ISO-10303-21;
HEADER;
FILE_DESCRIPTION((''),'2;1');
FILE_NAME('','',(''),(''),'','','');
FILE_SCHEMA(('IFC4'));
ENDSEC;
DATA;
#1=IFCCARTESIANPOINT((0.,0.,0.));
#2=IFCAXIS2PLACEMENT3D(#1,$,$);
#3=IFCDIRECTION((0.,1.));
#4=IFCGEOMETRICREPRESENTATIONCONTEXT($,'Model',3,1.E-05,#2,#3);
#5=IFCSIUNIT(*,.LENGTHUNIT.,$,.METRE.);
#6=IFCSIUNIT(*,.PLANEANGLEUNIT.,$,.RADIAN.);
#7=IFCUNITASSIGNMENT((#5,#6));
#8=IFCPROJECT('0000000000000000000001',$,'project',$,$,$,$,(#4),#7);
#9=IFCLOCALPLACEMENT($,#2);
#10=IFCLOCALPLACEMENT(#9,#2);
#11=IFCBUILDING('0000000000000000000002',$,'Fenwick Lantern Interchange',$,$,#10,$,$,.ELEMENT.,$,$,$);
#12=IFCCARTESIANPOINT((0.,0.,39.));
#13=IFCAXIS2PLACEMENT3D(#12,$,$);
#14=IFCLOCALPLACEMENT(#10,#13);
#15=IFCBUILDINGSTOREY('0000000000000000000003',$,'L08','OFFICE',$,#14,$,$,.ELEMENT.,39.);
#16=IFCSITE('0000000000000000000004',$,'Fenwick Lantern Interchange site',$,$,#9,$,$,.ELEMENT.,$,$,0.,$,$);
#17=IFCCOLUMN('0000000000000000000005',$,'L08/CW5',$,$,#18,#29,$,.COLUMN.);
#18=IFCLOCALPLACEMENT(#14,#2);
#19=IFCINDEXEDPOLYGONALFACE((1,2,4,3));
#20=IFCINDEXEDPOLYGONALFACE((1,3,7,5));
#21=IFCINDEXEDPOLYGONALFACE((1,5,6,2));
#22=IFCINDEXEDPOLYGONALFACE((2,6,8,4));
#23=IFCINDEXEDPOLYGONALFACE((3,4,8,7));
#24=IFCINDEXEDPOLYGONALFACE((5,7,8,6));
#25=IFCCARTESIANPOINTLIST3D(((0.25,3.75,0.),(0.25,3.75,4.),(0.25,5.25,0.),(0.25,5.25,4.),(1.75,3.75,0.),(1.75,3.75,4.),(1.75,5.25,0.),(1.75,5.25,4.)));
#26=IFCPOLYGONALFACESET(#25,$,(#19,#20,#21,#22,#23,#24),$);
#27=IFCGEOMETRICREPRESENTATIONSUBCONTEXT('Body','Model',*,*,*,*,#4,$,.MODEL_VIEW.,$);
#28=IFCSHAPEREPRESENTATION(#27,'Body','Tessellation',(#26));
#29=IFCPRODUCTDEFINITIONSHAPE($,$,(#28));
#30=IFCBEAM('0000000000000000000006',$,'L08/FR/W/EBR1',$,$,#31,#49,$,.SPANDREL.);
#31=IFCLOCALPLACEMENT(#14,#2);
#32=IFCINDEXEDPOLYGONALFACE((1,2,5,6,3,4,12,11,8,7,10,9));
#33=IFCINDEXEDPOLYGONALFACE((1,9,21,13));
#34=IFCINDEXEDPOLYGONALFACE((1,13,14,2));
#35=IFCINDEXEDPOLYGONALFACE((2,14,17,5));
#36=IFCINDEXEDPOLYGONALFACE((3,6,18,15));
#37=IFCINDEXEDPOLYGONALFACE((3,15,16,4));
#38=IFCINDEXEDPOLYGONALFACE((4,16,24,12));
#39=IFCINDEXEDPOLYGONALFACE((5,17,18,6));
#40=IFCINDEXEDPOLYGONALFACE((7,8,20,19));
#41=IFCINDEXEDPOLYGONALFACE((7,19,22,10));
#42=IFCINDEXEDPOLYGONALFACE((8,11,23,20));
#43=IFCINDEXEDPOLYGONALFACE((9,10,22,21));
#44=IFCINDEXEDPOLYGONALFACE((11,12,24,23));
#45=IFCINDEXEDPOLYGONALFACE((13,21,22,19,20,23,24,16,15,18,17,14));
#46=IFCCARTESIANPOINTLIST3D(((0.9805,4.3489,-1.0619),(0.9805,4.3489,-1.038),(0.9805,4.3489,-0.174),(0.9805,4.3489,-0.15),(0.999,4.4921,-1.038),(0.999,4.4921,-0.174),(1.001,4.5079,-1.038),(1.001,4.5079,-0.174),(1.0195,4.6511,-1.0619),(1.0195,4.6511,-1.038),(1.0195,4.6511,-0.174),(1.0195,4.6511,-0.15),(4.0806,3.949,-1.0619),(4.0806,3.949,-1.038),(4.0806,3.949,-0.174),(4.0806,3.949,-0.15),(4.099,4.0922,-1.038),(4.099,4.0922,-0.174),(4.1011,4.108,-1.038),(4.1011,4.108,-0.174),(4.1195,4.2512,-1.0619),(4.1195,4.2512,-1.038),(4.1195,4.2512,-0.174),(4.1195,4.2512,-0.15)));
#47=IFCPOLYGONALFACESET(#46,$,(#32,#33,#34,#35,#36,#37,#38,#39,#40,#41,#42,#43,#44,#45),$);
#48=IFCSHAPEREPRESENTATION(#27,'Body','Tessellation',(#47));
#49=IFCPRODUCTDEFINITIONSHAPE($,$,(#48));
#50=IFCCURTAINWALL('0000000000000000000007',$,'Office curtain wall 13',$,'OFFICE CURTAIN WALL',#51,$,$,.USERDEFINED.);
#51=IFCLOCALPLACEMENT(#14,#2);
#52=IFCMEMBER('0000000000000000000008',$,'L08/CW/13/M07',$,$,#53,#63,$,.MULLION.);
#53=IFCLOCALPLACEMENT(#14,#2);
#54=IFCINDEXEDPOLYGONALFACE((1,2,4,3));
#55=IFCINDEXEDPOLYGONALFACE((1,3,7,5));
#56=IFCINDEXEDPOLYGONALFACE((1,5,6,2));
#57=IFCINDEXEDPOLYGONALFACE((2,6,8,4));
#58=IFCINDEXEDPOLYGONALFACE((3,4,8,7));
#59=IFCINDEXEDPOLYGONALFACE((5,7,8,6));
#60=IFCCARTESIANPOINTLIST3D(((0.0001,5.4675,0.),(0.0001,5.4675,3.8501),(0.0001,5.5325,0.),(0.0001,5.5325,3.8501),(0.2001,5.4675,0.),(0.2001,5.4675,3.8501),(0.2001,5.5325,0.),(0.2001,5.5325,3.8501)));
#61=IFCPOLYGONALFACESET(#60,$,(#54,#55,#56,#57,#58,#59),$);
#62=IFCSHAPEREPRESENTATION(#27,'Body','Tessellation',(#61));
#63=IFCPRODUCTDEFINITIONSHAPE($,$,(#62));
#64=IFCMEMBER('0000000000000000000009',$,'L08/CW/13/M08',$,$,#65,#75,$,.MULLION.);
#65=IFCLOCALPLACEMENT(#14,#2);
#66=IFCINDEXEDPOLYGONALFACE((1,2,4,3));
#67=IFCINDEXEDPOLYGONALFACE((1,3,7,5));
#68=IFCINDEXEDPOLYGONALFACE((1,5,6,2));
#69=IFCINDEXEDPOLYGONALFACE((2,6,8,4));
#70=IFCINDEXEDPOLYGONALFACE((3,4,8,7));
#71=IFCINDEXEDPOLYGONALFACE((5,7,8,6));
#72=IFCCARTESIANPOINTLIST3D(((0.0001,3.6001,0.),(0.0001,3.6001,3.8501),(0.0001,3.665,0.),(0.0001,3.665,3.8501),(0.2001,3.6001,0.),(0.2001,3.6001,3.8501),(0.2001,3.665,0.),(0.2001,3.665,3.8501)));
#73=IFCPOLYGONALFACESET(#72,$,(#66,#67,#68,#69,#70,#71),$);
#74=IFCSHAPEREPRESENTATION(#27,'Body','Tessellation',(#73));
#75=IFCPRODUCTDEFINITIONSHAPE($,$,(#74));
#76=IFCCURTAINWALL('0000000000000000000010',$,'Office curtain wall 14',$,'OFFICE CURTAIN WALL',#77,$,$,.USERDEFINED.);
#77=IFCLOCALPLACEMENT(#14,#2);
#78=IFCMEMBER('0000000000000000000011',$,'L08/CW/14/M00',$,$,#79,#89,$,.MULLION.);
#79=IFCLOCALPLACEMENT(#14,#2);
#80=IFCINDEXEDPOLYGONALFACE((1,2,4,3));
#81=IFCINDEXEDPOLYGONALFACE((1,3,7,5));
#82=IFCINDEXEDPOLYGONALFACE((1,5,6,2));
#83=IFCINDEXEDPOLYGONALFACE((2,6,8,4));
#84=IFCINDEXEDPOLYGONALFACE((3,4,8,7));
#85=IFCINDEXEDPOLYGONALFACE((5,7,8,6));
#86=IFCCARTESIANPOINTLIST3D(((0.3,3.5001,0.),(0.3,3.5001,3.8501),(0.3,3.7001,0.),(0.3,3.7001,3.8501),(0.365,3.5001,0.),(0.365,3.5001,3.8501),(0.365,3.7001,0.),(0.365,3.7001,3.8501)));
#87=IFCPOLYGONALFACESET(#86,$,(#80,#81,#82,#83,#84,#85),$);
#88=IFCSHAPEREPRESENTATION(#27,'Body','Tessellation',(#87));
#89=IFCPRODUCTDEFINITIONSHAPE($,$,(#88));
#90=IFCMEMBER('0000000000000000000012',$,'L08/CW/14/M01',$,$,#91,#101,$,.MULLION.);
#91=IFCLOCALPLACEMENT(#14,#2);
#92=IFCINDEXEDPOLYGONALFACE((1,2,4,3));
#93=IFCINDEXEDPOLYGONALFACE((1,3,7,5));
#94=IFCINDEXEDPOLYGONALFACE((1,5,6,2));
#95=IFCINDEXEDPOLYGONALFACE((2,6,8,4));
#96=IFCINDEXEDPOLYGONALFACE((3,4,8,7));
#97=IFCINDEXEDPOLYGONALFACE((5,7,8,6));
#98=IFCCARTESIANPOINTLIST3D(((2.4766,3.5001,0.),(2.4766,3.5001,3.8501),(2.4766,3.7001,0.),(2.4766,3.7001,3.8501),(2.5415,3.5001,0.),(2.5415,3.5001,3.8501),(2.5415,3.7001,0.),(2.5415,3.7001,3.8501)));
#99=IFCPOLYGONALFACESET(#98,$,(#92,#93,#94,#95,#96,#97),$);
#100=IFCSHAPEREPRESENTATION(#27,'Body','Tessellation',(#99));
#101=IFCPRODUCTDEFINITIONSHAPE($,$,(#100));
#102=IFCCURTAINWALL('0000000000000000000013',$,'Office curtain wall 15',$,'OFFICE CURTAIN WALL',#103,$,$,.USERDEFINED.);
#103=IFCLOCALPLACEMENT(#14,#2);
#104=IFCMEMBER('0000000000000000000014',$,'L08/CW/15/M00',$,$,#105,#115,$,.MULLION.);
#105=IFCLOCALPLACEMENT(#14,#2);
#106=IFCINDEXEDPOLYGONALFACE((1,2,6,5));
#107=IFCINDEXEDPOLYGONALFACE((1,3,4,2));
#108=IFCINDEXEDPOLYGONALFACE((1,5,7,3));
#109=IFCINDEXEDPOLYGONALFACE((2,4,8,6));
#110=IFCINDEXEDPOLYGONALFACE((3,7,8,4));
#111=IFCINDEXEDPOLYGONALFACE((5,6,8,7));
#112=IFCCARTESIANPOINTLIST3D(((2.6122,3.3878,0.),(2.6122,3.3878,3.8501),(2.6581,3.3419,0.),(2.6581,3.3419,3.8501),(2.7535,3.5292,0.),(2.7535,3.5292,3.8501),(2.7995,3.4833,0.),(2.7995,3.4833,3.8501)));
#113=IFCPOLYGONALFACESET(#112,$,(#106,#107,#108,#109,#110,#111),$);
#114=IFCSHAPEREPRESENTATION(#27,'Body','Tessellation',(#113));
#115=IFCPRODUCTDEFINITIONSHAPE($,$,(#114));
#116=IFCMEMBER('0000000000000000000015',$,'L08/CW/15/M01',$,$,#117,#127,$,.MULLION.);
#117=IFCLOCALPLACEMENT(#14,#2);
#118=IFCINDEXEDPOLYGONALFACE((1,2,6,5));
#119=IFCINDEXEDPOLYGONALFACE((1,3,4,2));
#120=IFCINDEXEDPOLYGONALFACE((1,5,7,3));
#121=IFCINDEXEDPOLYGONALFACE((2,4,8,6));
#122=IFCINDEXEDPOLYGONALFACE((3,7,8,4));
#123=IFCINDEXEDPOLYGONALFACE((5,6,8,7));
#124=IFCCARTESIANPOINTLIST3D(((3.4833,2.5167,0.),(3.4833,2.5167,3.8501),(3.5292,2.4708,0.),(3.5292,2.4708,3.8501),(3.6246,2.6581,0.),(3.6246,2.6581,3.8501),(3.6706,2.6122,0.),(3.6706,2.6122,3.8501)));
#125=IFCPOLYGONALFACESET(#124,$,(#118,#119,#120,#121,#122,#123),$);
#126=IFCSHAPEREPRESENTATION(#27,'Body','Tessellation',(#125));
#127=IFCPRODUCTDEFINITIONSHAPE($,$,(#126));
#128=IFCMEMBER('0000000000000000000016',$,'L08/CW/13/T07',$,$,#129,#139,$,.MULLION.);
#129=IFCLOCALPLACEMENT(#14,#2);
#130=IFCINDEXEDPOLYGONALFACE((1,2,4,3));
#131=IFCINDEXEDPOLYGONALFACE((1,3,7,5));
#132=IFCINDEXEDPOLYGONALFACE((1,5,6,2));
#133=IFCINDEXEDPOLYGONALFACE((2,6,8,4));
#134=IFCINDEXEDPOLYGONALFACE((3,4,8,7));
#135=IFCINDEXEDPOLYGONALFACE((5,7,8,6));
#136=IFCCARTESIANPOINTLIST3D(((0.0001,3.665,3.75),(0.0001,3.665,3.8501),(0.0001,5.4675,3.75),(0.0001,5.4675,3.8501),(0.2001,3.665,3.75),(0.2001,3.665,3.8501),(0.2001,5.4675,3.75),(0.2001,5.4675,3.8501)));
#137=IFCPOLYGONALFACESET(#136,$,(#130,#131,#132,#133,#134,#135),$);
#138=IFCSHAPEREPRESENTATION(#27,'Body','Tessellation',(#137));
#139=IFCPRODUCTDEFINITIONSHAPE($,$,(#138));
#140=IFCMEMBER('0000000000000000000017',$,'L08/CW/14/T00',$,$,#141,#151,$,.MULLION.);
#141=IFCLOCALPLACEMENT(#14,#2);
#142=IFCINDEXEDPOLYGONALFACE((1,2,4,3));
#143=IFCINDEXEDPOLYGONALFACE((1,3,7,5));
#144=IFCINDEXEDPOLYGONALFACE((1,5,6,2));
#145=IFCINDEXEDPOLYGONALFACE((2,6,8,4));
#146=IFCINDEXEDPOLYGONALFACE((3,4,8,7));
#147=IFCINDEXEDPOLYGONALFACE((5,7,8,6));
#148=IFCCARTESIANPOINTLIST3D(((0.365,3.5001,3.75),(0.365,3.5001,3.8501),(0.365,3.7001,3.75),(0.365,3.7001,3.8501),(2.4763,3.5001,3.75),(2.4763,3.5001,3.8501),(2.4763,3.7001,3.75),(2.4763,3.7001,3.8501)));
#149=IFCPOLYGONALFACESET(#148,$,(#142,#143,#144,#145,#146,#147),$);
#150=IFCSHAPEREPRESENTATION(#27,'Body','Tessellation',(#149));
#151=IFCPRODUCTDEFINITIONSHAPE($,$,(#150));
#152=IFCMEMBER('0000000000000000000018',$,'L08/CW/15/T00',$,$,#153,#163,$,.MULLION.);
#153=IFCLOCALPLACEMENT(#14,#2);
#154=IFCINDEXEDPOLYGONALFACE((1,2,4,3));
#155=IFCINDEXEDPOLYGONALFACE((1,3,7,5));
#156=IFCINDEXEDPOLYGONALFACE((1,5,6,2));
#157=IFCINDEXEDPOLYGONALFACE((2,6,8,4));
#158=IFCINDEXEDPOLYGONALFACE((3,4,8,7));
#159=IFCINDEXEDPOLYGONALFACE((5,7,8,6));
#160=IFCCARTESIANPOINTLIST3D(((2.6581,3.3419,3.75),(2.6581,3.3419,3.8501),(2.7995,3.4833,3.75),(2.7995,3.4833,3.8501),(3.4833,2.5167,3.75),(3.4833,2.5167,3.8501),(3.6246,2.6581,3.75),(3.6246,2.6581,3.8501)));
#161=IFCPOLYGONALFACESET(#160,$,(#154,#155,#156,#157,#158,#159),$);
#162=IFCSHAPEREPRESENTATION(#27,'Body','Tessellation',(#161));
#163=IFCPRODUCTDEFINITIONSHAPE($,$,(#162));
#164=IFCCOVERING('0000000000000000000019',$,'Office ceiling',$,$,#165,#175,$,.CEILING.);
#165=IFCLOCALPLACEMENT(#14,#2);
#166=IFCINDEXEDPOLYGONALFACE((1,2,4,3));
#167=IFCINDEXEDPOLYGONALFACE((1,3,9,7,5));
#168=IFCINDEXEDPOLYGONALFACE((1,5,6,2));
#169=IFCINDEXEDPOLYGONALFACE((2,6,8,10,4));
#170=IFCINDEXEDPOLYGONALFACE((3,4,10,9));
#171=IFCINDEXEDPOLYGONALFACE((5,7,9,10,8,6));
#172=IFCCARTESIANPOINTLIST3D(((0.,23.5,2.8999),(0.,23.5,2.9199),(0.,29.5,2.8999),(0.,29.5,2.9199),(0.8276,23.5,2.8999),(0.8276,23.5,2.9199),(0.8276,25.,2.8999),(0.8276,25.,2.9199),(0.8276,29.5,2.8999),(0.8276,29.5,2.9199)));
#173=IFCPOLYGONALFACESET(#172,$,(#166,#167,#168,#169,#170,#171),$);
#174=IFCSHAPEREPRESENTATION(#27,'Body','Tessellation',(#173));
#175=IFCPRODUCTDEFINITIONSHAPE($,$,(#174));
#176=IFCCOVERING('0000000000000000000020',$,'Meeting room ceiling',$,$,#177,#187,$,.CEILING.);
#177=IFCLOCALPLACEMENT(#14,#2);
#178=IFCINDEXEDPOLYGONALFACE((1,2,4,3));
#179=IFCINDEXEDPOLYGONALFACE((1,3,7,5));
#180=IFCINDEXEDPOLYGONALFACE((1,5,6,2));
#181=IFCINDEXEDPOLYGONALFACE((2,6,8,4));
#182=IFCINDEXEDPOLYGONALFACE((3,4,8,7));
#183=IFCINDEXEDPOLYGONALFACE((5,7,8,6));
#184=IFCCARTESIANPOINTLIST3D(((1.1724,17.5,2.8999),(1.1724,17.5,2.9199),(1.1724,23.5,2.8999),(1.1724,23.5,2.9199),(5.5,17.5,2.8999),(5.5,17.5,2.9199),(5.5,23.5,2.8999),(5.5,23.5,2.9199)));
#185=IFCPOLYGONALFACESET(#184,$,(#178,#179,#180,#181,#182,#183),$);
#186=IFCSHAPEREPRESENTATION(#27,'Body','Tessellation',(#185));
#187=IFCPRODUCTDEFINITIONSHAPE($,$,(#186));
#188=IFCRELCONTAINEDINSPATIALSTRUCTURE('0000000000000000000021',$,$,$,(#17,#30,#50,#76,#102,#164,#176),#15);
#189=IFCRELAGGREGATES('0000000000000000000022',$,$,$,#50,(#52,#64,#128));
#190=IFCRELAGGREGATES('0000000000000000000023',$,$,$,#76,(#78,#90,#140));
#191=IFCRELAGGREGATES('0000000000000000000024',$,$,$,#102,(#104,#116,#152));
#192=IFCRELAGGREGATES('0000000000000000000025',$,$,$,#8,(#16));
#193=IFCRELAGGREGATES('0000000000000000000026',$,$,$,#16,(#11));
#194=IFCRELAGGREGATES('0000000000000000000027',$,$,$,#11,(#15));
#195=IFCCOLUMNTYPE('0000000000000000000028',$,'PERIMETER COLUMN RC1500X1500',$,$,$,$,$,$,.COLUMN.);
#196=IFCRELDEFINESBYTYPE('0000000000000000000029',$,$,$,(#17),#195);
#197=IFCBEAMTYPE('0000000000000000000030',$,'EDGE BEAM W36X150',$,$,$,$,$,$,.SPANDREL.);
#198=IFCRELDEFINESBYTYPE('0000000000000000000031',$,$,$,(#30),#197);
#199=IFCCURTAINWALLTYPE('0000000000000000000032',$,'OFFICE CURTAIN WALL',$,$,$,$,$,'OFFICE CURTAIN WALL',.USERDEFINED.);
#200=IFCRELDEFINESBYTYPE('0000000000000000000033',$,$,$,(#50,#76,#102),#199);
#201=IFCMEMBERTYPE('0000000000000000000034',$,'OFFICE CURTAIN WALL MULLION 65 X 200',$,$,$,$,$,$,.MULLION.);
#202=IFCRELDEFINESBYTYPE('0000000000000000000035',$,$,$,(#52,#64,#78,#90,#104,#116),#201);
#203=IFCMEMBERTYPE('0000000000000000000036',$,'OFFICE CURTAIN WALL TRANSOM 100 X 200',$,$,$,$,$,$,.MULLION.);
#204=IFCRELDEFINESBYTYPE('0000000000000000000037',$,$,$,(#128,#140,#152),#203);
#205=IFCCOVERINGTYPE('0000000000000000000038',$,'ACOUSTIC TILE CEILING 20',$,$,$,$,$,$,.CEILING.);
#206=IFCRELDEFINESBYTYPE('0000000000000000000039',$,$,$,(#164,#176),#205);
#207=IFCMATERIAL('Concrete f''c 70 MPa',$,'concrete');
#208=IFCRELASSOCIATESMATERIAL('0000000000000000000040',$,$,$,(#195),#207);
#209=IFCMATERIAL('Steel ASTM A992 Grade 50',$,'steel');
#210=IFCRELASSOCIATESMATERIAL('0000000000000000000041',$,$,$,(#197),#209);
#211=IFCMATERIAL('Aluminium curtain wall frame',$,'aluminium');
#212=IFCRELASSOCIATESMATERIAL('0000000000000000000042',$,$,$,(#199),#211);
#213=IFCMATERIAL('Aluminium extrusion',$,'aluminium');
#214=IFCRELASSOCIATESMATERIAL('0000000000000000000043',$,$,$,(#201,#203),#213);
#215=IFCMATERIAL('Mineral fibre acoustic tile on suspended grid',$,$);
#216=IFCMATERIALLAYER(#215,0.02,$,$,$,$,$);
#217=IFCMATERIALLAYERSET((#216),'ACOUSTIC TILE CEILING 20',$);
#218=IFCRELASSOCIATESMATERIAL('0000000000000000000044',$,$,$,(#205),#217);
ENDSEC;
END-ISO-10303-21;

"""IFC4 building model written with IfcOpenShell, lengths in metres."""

from ifc_helpers import new_model, si_unit, direction, frame, origin, origin_2d, place, context, subcontext, project, spatial, polyline, rectangle, i_section, outline, extrude, material, layer, layer_set, material_profile, profile_set, type_object, element, aggregate, save


model = new_model("IFC4")

# Units and contexts
model_context = context("Model", 3, precision=1e-05, world=origin(), true_north=direction((0.0, 1.0)))
body_context = subcontext(model_context, "Body", "Model", "MODEL_VIEW")
ifc_project = project(units=[si_unit("LENGTHUNIT", "METRE"), si_unit("PLANEANGLEUNIT", "RADIAN")], contexts=[model_context])

# Site, building, storey
site_placement = place(None, origin())
site = spatial("IfcSite", under=ifc_project, at=site_placement, Name="Fenwick Lantern Interchange site", CompositionType="ELEMENT", RefElevation=0.0)
building_placement = place(site_placement, origin())
building = spatial("IfcBuilding", under=site, at=building_placement, Name="Fenwick Lantern Interchange", CompositionType="ELEMENT")
storey_placement = place(building_placement, frame((0.0, 0.0, 39.0)))
storey = spatial("IfcBuildingStorey", under=building, at=storey_placement, Name="L08", Description="OFFICE", CompositionType="ELEMENT", Elevation=39.0)

# Column
ifc_material_1 = material(Name="Concrete f'c 70 MPa", Category="concrete")
ifc_material_profile_1 = material_profile(ifc_material_1, rectangle(XDim=1.5, YDim=1.5, at=origin_2d()), Name="RC1500X1500")
ifc_profile_set_1 = profile_set([ifc_material_profile_1], Name="Concrete f'c 70 MPa")
column_type = type_object("IfcColumnType", Name="PERIMETER COLUMN RC1500X1500", PredefinedType="COLUMN", material=ifc_profile_set_1)
column_placement = place(storey_placement, frame((1.0, 4.5, 0.0), z_axis=(0.0, 0.0, 1.0), x_axis=(1.0, 0.0, 0.0)))
element("IfcColumn", 1, at=column_placement, inside=storey, type_object=column_type, Name="L08/CW5", PredefinedType="COLUMN", context=body_context, shape_type="SweptSolid", body=[
    extrude(rectangle(XDim=1.5, YDim=1.5, at=origin_2d()), origin(), (0.0, 0.0, 1.0), 4.0),
])

# Beam
ifc_material_2 = material(Name="Steel ASTM A992 Grade 50", Category="steel")
ifc_material_profile_2 = material_profile(ifc_material_2, i_section(OverallWidth=0.3047, OverallDepth=0.9119, WebThickness=0.0159, FlangeThickness=0.0239, at=origin_2d()), Name="W36X150")
ifc_profile_set_2 = profile_set([ifc_material_profile_2], Name="Steel ASTM A992 Grade 50")
beam_type = type_object("IfcBeamType", Name="EDGE BEAM W36X150", PredefinedType="SPANDREL", material=ifc_profile_set_2)
beam_placement = place(storey_placement, frame((1.0, 4.5, -0.606), z_axis=(0.991782, -0.127937, 0.0), x_axis=(0.127937, 0.991782, 0.0)))
element("IfcBeam", 2, at=beam_placement, inside=storey, type_object=beam_type, Name="L08/FR/W/EBR1", PredefinedType="SPANDREL", context=body_context, shape_type="SweptSolid", body=[
    extrude(i_section(OverallWidth=0.3047, OverallDepth=0.9119, WebThickness=0.0159, FlangeThickness=0.0239, at=origin_2d()), origin(), (0.0, 0.0, 1.0), 3.1257),
])

# Curtain walls, members
ifc_material_3 = material(Name="Aluminium curtain wall frame", Category="aluminium")
curtain_wall_type = type_object("IfcCurtainWallType", Name="OFFICE CURTAIN WALL", ElementType="OFFICE CURTAIN WALL", PredefinedType="USERDEFINED", material=ifc_material_3)
curtain_wall_1_placement = place(storey_placement, origin())
curtain_wall_1 = element("IfcCurtainWall", 3, at=curtain_wall_1_placement, inside=storey, type_object=curtain_wall_type, Name="Office curtain wall 13", ObjectType="OFFICE CURTAIN WALL", PredefinedType="USERDEFINED")
ifc_material_4 = material(Name="Aluminium extrusion", Category="aluminium")
ifc_material_profile_3 = material_profile(ifc_material_4, rectangle(XDim=0.2, YDim=0.0649, at=origin_2d()), Name="OFFICE CURTAIN WALL MULLION 65 X 200")
ifc_profile_set_3 = profile_set([ifc_material_profile_3], Name="Aluminium extrusion")
member_type_1 = type_object("IfcMemberType", Name="OFFICE CURTAIN WALL MULLION 65 X 200", PredefinedType="MULLION", material=ifc_profile_set_3)
member_1_placement = place(storey_placement, frame((0.1001, 5.5, 0.0), z_axis=(0.0, 0.0, 1.0), x_axis=(1.0, 0.0, 0.0)))
member_1 = element("IfcMember", 4, at=member_1_placement, type_object=member_type_1, Name="L08/CW/13/M07", PredefinedType="MULLION", context=body_context, shape_type="SweptSolid", body=[
    extrude(rectangle(XDim=0.2, YDim=0.0649, at=origin_2d()), origin(), (0.0, 0.0, 1.0), 3.8501),
])
member_2_placement = place(storey_placement, frame((0.1001, 3.6326, 0.0), z_axis=(0.0, 0.0, 1.0), x_axis=(1.0, 0.0, 0.0)))
member_2 = element("IfcMember", 5, at=member_2_placement, type_object=member_type_1, Name="L08/CW/13/M08", PredefinedType="MULLION", context=body_context, shape_type="SweptSolid", body=[
    extrude(rectangle(XDim=0.2, YDim=0.0649, at=origin_2d()), origin(), (0.0, 0.0, 1.0), 3.8501),
])
curtain_wall_2_placement = place(storey_placement, origin())
curtain_wall_2 = element("IfcCurtainWall", 6, at=curtain_wall_2_placement, inside=storey, type_object=curtain_wall_type, Name="Office curtain wall 14", ObjectType="OFFICE CURTAIN WALL", PredefinedType="USERDEFINED")
member_3_placement = place(storey_placement, frame((0.3325, 3.6001, 0.0), z_axis=(0.0, 0.0, 1.0), x_axis=(0.0, 1.0, 0.0)))
member_3 = element("IfcMember", 7, at=member_3_placement, type_object=member_type_1, Name="L08/CW/14/M00", PredefinedType="MULLION", context=body_context, shape_type="SweptSolid", body=[
    extrude(rectangle(XDim=0.2, YDim=0.0649, at=origin_2d()), origin(), (0.0, 0.0, 1.0), 3.8501),
])
member_4_placement = place(storey_placement, frame((2.509, 3.6001, 0.0), z_axis=(0.0, 0.0, 1.0), x_axis=(0.0, 1.0, 0.0)))
member_4 = element("IfcMember", 8, at=member_4_placement, type_object=member_type_1, Name="L08/CW/14/M01", PredefinedType="MULLION", context=body_context, shape_type="SweptSolid", body=[
    extrude(rectangle(XDim=0.2, YDim=0.0649, at=origin_2d()), origin(), (0.0, 0.0, 1.0), 3.8501),
])
curtain_wall_3_placement = place(storey_placement, origin())
curtain_wall_3 = element("IfcCurtainWall", 9, at=curtain_wall_3_placement, inside=storey, type_object=curtain_wall_type, Name="Office curtain wall 15", ObjectType="OFFICE CURTAIN WALL", PredefinedType="USERDEFINED")
member_5_placement = place(storey_placement, frame((2.7058, 3.4355, 0.0), z_axis=(0.0, 0.0, 1.0), x_axis=(0.707107, 0.707107, 0.0)))
member_5 = element("IfcMember", 10, at=member_5_placement, type_object=member_type_1, Name="L08/CW/15/M00", PredefinedType="MULLION", context=body_context, shape_type="SweptSolid", body=[
    extrude(rectangle(XDim=0.2, YDim=0.0649, at=origin_2d()), origin(), (0.0, 0.0, 1.0), 3.8501),
])
member_6_placement = place(storey_placement, frame((3.5769, 2.5645, 0.0), z_axis=(0.0, 0.0, 1.0), x_axis=(0.707107, 0.707107, 0.0)))
member_6 = element("IfcMember", 11, at=member_6_placement, type_object=member_type_1, Name="L08/CW/15/M01", PredefinedType="MULLION", context=body_context, shape_type="SweptSolid", body=[
    extrude(rectangle(XDim=0.2, YDim=0.0649, at=origin_2d()), origin(), (0.0, 0.0, 1.0), 3.8501),
])

# Members
ifc_material_profile_4 = material_profile(ifc_material_4, rectangle(XDim=0.2, YDim=0.1001, at=origin_2d()), Name="OFFICE CURTAIN WALL TRANSOM 100 X 200")
ifc_profile_set_4 = profile_set([ifc_material_profile_4], Name="Aluminium extrusion")
member_type_2 = type_object("IfcMemberType", Name="OFFICE CURTAIN WALL TRANSOM 100 X 200", PredefinedType="MULLION", material=ifc_profile_set_4)
member_7_placement = place(storey_placement, frame((0.1001, 5.4675, 3.8), z_axis=(0.0, -1.0, 0.0), x_axis=(1.0, 0.0, 0.0)))
member_7 = element("IfcMember", 12, at=member_7_placement, type_object=member_type_2, Name="L08/CW/13/T07", PredefinedType="MULLION", context=body_context, shape_type="SweptSolid", body=[
    extrude(rectangle(XDim=0.2, YDim=0.1001, at=origin_2d()), origin(), (0.0, 0.0, 1.0), 1.8025),
])
aggregate(curtain_wall_1, [member_1, member_2, member_7])
member_8_placement = place(storey_placement, frame((0.365, 3.6001, 3.8), z_axis=(1.0, 0.0, 0.0), x_axis=(0.0, 1.0, 0.0)))
member_8 = element("IfcMember", 13, at=member_8_placement, type_object=member_type_2, Name="L08/CW/14/T00", PredefinedType="MULLION", context=body_context, shape_type="SweptSolid", body=[
    extrude(rectangle(XDim=0.2, YDim=0.1001, at=origin_2d()), origin(), (0.0, 0.0, 1.0), 2.1113),
])
aggregate(curtain_wall_2, [member_3, member_4, member_8])
member_9_placement = place(storey_placement, frame((2.7288, 3.4126, 3.8), z_axis=(0.707107, -0.707107, 0.0), x_axis=(0.707107, 0.707107, 0.0)))
member_9 = element("IfcMember", 14, at=member_9_placement, type_object=member_type_2, Name="L08/CW/15/T00", PredefinedType="MULLION", context=body_context, shape_type="SweptSolid", body=[
    extrude(rectangle(XDim=0.2, YDim=0.1001, at=origin_2d()), origin(), (0.0, 0.0, 1.0), 1.167),
])
aggregate(curtain_wall_3, [member_5, member_6, member_9])

# Coverings
ifc_material_5 = material(Name="Mineral fibre acoustic tile on suspended grid")
ifc_layer_1 = layer(ifc_material_5, 0.02)
ifc_layer_set_1 = layer_set([ifc_layer_1], Name="ACOUSTIC TILE CEILING 20")
covering_type_1 = type_object("IfcCoveringType", Name="ACOUSTIC TILE CEILING 20", PredefinedType="CEILING", material=ifc_layer_set_1)
covering_1_placement = place(storey_placement, frame((0.0, 0.0, 2.8999)))
element("IfcCovering", 15, at=covering_1_placement, inside=storey, type_object=covering_type_1, Name="Office ceiling", PredefinedType="CEILING", context=body_context, shape_type="SweptSolid", body=[
    extrude(outline(polyline([(0.0, 23.5), (0.8276, 23.5), (0.8276, 25.0), (0.8276, 29.5), (0.0, 29.5), (0.0, 23.5)])), origin(), (0.0, 0.0, 1.0), 0.02),
])
covering_2_placement = place(storey_placement, frame((0.0, 0.0, 2.8999)))
element("IfcCovering", 16, at=covering_2_placement, inside=storey, type_object=covering_type_1, Name="Meeting room ceiling", PredefinedType="CEILING", context=body_context, shape_type="SweptSolid", body=[
    extrude(outline(polyline([(5.5, 23.5), (1.1724, 23.5), (1.1724, 17.5), (5.5, 17.5), (5.5, 23.5)])), origin(), (0.0, 0.0, 1.0), 0.02),
])

save(model, "model.ifc")
